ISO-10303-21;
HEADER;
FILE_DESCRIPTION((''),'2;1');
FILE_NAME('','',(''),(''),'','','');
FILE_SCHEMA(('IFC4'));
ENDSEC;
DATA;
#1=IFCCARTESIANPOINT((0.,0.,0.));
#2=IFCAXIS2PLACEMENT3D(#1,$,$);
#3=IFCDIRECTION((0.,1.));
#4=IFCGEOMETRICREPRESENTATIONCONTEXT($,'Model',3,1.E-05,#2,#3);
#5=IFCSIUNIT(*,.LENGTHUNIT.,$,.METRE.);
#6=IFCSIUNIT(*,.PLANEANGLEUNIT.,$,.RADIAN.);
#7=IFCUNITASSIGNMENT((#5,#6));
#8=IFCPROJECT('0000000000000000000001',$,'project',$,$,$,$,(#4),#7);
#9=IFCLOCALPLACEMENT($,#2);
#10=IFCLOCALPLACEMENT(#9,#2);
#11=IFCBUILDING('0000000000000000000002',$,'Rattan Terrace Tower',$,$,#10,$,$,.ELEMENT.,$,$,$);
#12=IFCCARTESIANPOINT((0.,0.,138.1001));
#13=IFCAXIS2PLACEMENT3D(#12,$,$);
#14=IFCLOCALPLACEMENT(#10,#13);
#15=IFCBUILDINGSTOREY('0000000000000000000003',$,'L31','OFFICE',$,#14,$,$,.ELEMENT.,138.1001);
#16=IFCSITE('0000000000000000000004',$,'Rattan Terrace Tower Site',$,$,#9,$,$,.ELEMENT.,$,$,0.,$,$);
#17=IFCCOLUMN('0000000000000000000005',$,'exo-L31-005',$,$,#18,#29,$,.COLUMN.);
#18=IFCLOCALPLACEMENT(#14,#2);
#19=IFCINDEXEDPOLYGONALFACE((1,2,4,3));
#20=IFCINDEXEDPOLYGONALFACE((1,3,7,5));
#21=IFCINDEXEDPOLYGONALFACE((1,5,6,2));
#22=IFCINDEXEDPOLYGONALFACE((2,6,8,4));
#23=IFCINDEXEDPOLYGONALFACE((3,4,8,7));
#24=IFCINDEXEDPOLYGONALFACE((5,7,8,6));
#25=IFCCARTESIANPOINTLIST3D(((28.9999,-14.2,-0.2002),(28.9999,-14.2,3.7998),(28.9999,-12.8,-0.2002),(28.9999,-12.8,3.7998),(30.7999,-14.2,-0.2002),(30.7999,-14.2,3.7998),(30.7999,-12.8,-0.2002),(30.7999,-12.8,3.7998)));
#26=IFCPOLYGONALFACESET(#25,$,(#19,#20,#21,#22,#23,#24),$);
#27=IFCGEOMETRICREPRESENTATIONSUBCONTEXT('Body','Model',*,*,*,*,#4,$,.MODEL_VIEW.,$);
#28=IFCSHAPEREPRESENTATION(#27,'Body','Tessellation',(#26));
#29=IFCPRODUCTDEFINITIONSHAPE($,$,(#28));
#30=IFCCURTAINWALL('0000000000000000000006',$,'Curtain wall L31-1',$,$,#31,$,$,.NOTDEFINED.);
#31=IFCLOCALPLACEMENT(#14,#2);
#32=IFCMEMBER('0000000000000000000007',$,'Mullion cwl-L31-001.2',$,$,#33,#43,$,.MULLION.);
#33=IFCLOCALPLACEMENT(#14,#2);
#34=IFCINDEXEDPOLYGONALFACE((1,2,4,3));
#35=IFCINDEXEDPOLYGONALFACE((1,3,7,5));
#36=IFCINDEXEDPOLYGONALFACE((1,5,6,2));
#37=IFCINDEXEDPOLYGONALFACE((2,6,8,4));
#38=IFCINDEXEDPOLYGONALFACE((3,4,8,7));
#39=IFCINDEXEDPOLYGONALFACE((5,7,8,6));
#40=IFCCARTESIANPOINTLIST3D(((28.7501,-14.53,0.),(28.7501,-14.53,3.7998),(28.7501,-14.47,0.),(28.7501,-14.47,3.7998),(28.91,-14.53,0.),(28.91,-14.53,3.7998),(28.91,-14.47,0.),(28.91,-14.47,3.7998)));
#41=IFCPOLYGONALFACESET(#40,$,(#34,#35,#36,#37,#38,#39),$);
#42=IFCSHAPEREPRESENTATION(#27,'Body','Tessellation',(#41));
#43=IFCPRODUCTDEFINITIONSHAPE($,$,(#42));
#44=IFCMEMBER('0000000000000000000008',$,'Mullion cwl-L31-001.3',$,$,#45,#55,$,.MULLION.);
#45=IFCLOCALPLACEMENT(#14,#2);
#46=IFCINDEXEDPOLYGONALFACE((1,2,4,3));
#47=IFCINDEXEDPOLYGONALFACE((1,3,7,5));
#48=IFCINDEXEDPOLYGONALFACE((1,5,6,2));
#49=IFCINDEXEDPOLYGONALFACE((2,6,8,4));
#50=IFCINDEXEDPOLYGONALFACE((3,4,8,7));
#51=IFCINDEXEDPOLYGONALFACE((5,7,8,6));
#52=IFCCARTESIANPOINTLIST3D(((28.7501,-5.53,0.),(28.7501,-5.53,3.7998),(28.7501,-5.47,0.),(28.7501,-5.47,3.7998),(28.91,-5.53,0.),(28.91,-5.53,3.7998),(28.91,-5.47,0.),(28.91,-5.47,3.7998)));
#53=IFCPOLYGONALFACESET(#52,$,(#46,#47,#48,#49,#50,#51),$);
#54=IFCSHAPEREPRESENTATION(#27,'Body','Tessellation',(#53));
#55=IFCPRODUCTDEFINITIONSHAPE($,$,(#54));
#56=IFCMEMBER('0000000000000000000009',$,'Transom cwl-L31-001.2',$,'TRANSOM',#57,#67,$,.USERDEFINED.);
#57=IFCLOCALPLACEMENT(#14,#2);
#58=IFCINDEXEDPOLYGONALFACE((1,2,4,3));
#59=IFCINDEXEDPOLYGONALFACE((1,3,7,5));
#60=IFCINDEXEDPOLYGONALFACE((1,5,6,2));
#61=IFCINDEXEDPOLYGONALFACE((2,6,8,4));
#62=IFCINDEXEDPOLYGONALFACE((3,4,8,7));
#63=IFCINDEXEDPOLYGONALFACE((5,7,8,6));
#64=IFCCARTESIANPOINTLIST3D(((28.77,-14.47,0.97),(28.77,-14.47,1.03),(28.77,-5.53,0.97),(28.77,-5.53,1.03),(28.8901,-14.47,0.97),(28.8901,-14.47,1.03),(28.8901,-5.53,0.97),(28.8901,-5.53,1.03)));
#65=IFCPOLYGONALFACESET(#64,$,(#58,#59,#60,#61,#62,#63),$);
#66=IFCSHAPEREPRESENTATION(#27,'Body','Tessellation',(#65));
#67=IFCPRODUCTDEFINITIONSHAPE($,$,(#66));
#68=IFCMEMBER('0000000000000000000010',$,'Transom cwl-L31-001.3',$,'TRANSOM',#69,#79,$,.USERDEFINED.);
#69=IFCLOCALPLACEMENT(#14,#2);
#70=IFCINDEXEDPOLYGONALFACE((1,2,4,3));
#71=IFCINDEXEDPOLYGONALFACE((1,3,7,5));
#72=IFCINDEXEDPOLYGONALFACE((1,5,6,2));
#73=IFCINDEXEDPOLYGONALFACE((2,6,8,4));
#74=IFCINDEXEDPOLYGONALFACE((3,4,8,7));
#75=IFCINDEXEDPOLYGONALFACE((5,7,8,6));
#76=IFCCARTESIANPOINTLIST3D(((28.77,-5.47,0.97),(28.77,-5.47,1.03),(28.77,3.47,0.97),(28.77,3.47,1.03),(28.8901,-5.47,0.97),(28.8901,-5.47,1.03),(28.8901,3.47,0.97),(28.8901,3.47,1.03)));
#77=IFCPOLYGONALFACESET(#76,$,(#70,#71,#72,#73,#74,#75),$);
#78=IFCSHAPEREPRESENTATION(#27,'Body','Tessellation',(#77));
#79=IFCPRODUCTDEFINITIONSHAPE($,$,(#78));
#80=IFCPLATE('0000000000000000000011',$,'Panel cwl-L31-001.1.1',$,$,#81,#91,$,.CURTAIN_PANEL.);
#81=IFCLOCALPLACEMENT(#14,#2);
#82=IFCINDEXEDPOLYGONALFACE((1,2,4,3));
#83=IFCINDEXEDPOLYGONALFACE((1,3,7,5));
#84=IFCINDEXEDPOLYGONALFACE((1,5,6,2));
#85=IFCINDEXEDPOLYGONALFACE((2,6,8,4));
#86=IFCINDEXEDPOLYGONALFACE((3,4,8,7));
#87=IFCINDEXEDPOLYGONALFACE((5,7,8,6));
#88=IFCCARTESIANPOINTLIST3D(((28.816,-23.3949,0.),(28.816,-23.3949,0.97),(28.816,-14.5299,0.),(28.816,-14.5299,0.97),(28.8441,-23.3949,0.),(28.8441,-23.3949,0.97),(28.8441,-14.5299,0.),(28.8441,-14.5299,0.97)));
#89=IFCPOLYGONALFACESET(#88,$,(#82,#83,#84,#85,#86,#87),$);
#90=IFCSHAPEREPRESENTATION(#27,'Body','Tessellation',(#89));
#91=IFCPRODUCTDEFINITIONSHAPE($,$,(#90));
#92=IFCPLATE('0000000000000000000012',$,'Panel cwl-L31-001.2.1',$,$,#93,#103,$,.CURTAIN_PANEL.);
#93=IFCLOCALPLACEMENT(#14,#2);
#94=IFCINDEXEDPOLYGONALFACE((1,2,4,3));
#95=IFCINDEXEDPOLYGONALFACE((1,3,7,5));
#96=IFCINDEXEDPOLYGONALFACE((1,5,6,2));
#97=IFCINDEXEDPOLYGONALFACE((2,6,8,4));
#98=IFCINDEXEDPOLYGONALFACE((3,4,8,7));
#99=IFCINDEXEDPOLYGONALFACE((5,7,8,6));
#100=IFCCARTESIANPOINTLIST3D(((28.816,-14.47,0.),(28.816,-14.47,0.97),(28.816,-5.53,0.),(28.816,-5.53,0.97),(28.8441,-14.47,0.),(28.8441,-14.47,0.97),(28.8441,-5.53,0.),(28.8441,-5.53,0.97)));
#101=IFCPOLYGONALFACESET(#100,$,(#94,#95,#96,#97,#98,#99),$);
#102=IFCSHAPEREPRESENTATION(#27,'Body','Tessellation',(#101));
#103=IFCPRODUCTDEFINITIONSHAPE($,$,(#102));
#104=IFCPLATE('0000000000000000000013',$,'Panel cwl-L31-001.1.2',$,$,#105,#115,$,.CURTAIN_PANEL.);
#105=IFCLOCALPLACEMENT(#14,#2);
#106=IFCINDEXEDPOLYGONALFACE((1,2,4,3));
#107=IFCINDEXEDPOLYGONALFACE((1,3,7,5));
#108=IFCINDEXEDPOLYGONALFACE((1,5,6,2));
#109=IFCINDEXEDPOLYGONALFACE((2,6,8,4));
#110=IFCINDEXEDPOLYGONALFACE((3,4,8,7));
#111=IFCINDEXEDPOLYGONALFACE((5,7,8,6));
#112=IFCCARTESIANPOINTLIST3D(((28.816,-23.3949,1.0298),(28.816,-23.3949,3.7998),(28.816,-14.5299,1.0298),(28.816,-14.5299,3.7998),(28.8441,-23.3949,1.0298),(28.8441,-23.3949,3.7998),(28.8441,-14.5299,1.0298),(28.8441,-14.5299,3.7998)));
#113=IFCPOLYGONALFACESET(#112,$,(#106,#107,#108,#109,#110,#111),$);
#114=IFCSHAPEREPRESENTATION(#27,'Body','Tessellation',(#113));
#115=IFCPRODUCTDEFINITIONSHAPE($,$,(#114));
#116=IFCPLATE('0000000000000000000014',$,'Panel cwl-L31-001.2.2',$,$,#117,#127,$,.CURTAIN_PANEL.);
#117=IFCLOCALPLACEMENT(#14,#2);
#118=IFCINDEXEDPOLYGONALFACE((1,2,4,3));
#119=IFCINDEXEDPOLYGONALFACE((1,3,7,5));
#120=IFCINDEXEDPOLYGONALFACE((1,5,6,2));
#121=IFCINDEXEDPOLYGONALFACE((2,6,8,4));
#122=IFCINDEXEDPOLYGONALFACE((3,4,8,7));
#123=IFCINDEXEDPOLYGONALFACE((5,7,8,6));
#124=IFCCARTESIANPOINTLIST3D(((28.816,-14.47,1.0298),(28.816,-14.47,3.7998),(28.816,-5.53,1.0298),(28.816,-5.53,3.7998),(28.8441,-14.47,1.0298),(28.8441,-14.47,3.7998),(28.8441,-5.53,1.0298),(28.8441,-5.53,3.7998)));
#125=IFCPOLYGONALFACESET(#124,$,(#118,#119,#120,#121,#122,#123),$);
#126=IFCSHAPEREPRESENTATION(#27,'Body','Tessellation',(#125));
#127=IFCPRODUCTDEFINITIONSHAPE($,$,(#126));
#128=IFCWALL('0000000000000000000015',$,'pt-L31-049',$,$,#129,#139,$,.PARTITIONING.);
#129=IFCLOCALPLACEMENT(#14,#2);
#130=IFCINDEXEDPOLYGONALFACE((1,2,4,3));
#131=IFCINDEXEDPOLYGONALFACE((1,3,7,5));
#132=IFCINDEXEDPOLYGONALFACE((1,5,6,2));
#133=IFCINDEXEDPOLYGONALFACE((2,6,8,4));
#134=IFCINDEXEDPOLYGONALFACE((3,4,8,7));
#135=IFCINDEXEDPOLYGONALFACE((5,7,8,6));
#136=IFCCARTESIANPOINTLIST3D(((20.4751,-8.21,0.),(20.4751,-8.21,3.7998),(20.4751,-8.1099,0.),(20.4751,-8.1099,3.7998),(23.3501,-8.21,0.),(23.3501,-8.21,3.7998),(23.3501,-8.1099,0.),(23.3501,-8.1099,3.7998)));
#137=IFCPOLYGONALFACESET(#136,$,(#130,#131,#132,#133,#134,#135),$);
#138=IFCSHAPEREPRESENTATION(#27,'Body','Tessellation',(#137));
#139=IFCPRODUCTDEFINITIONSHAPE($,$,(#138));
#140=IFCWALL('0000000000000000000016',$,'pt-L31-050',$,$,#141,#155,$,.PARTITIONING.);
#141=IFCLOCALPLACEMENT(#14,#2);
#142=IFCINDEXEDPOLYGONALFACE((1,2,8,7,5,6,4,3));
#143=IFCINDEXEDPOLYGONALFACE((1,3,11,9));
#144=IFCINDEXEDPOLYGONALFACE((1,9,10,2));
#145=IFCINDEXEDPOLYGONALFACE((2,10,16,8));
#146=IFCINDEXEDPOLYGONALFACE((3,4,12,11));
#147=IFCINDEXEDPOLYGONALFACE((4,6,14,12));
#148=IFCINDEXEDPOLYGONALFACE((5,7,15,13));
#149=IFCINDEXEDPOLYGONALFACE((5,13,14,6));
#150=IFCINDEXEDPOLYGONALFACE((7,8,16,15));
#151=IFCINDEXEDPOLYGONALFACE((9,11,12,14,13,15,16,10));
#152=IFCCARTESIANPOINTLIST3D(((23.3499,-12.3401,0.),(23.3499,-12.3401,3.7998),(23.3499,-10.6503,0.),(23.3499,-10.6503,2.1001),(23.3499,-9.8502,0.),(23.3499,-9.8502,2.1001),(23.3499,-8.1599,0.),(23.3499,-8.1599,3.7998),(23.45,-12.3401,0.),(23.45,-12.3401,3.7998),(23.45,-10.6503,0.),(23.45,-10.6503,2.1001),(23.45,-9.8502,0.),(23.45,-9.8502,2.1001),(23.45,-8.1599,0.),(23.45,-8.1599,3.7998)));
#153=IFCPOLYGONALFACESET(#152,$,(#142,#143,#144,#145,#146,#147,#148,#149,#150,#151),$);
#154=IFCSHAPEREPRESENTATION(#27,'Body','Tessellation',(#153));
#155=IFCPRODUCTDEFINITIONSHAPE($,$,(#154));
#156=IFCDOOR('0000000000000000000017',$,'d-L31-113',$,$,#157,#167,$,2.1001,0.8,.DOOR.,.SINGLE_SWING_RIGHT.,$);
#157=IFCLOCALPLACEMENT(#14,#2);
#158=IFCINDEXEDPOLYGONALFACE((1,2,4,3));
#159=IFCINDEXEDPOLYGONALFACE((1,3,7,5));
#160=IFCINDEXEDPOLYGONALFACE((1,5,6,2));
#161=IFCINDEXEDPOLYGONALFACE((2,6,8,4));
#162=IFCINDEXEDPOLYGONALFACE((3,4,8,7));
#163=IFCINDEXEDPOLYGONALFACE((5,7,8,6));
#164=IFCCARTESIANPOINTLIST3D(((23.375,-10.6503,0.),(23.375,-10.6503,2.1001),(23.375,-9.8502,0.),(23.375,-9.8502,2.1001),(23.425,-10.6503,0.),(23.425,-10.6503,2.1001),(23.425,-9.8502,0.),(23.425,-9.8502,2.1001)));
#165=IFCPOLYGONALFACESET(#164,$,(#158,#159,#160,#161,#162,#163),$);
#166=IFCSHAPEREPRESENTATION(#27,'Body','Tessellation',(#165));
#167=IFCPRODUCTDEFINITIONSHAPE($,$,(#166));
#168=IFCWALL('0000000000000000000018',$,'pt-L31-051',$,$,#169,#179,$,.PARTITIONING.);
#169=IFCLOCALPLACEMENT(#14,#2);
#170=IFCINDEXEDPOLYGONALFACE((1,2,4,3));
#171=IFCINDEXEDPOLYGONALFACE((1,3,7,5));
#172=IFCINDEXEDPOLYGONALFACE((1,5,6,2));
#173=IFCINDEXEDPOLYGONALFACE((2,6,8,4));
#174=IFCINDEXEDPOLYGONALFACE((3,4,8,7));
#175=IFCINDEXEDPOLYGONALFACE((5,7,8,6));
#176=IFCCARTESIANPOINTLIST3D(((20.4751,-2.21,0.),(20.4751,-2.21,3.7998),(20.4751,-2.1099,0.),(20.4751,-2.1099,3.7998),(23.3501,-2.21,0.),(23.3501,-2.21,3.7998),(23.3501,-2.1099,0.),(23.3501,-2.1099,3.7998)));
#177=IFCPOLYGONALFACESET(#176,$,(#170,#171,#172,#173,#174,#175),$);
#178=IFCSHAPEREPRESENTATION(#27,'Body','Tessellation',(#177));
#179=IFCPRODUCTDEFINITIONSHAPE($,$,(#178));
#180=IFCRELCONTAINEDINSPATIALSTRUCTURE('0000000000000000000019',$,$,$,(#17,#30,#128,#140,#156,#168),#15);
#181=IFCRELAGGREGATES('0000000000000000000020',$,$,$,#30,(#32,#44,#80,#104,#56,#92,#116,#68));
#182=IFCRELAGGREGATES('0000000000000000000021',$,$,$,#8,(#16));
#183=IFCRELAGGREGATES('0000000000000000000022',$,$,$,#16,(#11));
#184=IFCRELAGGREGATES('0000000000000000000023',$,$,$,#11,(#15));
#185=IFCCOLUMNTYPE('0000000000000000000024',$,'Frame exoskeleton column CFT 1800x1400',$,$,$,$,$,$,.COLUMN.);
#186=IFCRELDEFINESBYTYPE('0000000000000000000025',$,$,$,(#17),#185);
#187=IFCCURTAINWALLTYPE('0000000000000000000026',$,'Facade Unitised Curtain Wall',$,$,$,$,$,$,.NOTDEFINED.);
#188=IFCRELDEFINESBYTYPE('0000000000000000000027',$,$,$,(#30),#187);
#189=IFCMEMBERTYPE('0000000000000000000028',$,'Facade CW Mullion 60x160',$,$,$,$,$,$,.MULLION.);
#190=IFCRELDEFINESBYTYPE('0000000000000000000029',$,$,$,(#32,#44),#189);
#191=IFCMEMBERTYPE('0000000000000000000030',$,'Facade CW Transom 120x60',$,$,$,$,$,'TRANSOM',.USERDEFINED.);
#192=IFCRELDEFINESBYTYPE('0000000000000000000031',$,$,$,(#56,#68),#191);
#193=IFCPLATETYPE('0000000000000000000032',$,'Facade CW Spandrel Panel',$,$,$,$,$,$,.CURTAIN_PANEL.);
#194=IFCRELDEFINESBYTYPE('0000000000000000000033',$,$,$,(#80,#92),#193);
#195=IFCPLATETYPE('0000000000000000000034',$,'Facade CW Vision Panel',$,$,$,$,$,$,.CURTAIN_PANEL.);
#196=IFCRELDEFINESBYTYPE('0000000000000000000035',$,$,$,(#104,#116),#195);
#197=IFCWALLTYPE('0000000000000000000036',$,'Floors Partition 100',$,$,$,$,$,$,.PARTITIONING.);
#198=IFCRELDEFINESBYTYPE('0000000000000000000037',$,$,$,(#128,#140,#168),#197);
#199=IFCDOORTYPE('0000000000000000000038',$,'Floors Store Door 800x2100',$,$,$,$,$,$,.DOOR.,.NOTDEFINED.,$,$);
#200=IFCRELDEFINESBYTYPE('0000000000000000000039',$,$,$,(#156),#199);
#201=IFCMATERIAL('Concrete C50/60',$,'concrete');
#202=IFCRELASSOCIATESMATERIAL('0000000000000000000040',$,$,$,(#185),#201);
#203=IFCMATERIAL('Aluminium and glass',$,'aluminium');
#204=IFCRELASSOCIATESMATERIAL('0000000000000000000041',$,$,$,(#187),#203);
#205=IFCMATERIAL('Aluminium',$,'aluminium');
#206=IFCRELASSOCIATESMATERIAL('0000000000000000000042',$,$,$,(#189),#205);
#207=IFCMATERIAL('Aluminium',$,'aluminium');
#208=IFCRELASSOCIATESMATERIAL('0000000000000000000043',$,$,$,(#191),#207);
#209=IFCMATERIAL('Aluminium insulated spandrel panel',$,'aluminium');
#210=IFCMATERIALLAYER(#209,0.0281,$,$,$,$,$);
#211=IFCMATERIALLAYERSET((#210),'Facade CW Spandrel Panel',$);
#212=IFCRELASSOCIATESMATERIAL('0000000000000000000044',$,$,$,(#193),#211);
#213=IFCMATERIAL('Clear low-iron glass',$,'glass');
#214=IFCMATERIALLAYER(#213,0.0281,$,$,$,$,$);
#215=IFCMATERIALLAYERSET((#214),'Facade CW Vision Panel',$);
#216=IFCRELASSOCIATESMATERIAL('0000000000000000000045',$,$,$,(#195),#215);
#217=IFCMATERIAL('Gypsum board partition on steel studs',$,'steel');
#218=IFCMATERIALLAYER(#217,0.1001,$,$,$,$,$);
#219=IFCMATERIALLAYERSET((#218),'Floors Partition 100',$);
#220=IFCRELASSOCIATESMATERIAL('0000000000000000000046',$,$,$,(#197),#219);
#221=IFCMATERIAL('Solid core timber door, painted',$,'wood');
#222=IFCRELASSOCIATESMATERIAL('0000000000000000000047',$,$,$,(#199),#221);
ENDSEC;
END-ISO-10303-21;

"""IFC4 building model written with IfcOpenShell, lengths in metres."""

from ifc_helpers import new_model, si_unit, direction, frame, frame_2d, origin, origin_2d, place, context, subcontext, project, spatial, rectangle, extrude, material, layer, layer_set, material_profile, profile_set, type_object, element, fill, aggregate, save


model = new_model("IFC4")

# Units and contexts
model_context = context("Model", 3, precision=1e-05, world=origin(), true_north=direction((0.0, 1.0)))
body_context = subcontext(model_context, "Body", "Model", "MODEL_VIEW")
ifc_project = project(units=[si_unit("LENGTHUNIT", "METRE"), si_unit("PLANEANGLEUNIT", "RADIAN")], contexts=[model_context])

# Site, building, storey
site_placement = place(None, origin())
site = spatial("IfcSite", under=ifc_project, at=site_placement, Name="Rattan Terrace Tower Site", CompositionType="ELEMENT", RefElevation=0.0)
building_placement = place(site_placement, origin())
building = spatial("IfcBuilding", under=site, at=building_placement, Name="Rattan Terrace Tower", CompositionType="ELEMENT")
storey_placement = place(building_placement, frame((0.0, 0.0, 138.1001)))
storey = spatial("IfcBuildingStorey", under=building, at=storey_placement, Name="L31", Description="OFFICE", CompositionType="ELEMENT", Elevation=138.1001)

# Column
ifc_material_1 = material(Name="Concrete C50/60", Category="concrete")
ifc_material_profile_1 = material_profile(ifc_material_1, rectangle(XDim=1.3999, YDim=1.8, at=origin_2d()), Name="CFT 1800x1400")
ifc_profile_set_1 = profile_set([ifc_material_profile_1], Name="Concrete C50/60")
column_type = type_object("IfcColumnType", Name="Frame exoskeleton column CFT 1800x1400", PredefinedType="COLUMN", material=ifc_profile_set_1)
column_placement = place(storey_placement, frame((29.8999, -13.5, -0.2002), z_axis=(0.0, 0.0, 1.0), x_axis=(0.0, 1.0, 0.0)))
element("IfcColumn", 1, at=column_placement, inside=storey, type_object=column_type, Name="exo-L31-005", PredefinedType="COLUMN", context=body_context, shape_type="SweptSolid", body=[
    extrude(rectangle(XDim=1.3999, YDim=1.8, at=origin_2d()), origin(), (0.0, 0.0, 1.0), 4.0),
])

# Curtain wall, members, plates
ifc_material_2 = material(Name="Aluminium and glass", Category="aluminium")
curtain_wall_type = type_object("IfcCurtainWallType", Name="Facade Unitised Curtain Wall", PredefinedType="NOTDEFINED", material=ifc_material_2)
curtain_wall_placement = place(storey_placement, origin())
curtain_wall = element("IfcCurtainWall", 2, at=curtain_wall_placement, inside=storey, type_object=curtain_wall_type, Name="Curtain wall L31-1", PredefinedType="NOTDEFINED")
ifc_material_3 = material(Name="Aluminium", Category="aluminium")
ifc_material_profile_2 = material_profile(ifc_material_3, rectangle(XDim=0.0601, YDim=0.1599, at=origin_2d()), Name="Aluminium 60x160")
ifc_profile_set_2 = profile_set([ifc_material_profile_2], Name="Aluminium")
member_type_1 = type_object("IfcMemberType", Name="Facade CW Mullion 60x160", PredefinedType="MULLION", material=ifc_profile_set_2)
member_1_placement = place(storey_placement, frame((28.8301, -14.5, 0.0), z_axis=(0.0, 0.0, 1.0), x_axis=(0.0, 1.0, 0.0)))
member_1 = element("IfcMember", 3, at=member_1_placement, type_object=member_type_1, Name="Mullion cwl-L31-001.2", PredefinedType="MULLION", context=body_context, shape_type="SweptSolid", body=[
    extrude(rectangle(XDim=0.0601, YDim=0.1599, at=origin_2d()), origin(), (0.0, 0.0, 1.0), 3.7998),
])
member_2_placement = place(storey_placement, frame((28.8301, -5.5, 0.0), z_axis=(0.0, 0.0, 1.0), x_axis=(0.0, 1.0, 0.0)))
member_2 = element("IfcMember", 4, at=member_2_placement, type_object=member_type_1, Name="Mullion cwl-L31-001.3", PredefinedType="MULLION", context=body_context, shape_type="SweptSolid", body=[
    extrude(rectangle(XDim=0.0601, YDim=0.1599, at=origin_2d()), origin(), (0.0, 0.0, 1.0), 3.7998),
])
ifc_material_4 = material(Name="Aluminium", Category="aluminium")
ifc_material_profile_3 = material_profile(ifc_material_4, rectangle(XDim=0.1201, YDim=0.0601, at=origin_2d()), Name="Aluminium 120x60")
ifc_profile_set_3 = profile_set([ifc_material_profile_3], Name="Aluminium")
member_type_2 = type_object("IfcMemberType", Name="Facade CW Transom 120x60", ElementType="TRANSOM", PredefinedType="USERDEFINED", material=ifc_profile_set_3)
member_3_placement = place(storey_placement, frame((28.8301, -14.47, 1.0), z_axis=(0.0, 1.0, 0.0), x_axis=(-1.0, 0.0, 0.0)))
member_3 = element("IfcMember", 5, at=member_3_placement, type_object=member_type_2, Name="Transom cwl-L31-001.2", ObjectType="TRANSOM", PredefinedType="USERDEFINED", context=body_context, shape_type="SweptSolid", body=[
    extrude(rectangle(XDim=0.1201, YDim=0.0601, at=origin_2d()), origin(), (0.0, 0.0, 1.0), 8.9399),
])
member_4_placement = place(storey_placement, frame((28.8301, -5.47, 1.0), z_axis=(0.0, 1.0, 0.0), x_axis=(-1.0, 0.0, 0.0)))
member_4 = element("IfcMember", 6, at=member_4_placement, type_object=member_type_2, Name="Transom cwl-L31-001.3", ObjectType="TRANSOM", PredefinedType="USERDEFINED", context=body_context, shape_type="SweptSolid", body=[
    extrude(rectangle(XDim=0.1201, YDim=0.0601, at=origin_2d()), origin(), (0.0, 0.0, 1.0), 8.9399),
])
ifc_material_5 = material(Name="Aluminium insulated spandrel panel", Category="aluminium")
ifc_layer_1 = layer(ifc_material_5, 0.0281)
ifc_layer_set_1 = layer_set([ifc_layer_1], Name="Facade CW Spandrel Panel")
plate_type_1 = type_object("IfcPlateType", Name="Facade CW Spandrel Panel", PredefinedType="CURTAIN_PANEL", material=ifc_layer_set_1)
plate_1_placement = place(storey_placement, frame((28.8301, -18.9624, 0.0), z_axis=(0.0, 0.0, 1.0), x_axis=(0.0, 1.0, 0.0)))
plate_1 = element("IfcPlate", 7, at=plate_1_placement, type_object=plate_type_1, Name="Panel cwl-L31-001.1.1", PredefinedType="CURTAIN_PANEL", context=body_context, shape_type="SweptSolid", body=[
    extrude(rectangle(XDim=8.865, YDim=0.0281, at=origin_2d()), origin(), (0.0, 0.0, 1.0), 0.97),
])
plate_2_placement = place(storey_placement, frame((28.8301, -10.0, 0.0), z_axis=(0.0, 0.0, 1.0), x_axis=(0.0, 1.0, 0.0)))
plate_2 = element("IfcPlate", 8, at=plate_2_placement, type_object=plate_type_1, Name="Panel cwl-L31-001.2.1", PredefinedType="CURTAIN_PANEL", context=body_context, shape_type="SweptSolid", body=[
    extrude(rectangle(XDim=8.9399, YDim=0.0281, at=origin_2d()), origin(), (0.0, 0.0, 1.0), 0.97),
])
ifc_material_6 = material(Name="Clear low-iron glass", Category="glass")
ifc_layer_2 = layer(ifc_material_6, 0.0281)
ifc_layer_set_2 = layer_set([ifc_layer_2], Name="Facade CW Vision Panel")
plate_type_2 = type_object("IfcPlateType", Name="Facade CW Vision Panel", PredefinedType="CURTAIN_PANEL", material=ifc_layer_set_2)
plate_3_placement = place(storey_placement, frame((28.8301, -18.9624, 1.0298), z_axis=(0.0, 0.0, 1.0), x_axis=(0.0, 1.0, 0.0)))
plate_3 = element("IfcPlate", 9, at=plate_3_placement, type_object=plate_type_2, Name="Panel cwl-L31-001.1.2", PredefinedType="CURTAIN_PANEL", context=body_context, shape_type="SweptSolid", body=[
    extrude(rectangle(XDim=8.865, YDim=0.0281, at=origin_2d()), origin(), (0.0, 0.0, 1.0), 2.77),
])
plate_4_placement = place(storey_placement, frame((28.8301, -10.0, 1.0298), z_axis=(0.0, 0.0, 1.0), x_axis=(0.0, 1.0, 0.0)))
plate_4 = element("IfcPlate", 10, at=plate_4_placement, type_object=plate_type_2, Name="Panel cwl-L31-001.2.2", PredefinedType="CURTAIN_PANEL", context=body_context, shape_type="SweptSolid", body=[
    extrude(rectangle(XDim=8.9399, YDim=0.0281, at=origin_2d()), origin(), (0.0, 0.0, 1.0), 2.77),
])
aggregate(curtain_wall, [member_1, member_2, plate_1, plate_3, member_3, plate_2, plate_4, member_4])

# Wall
ifc_material_7 = material(Name="Gypsum board partition on steel studs", Category="steel")
ifc_layer_3 = layer(ifc_material_7, 0.1001)
ifc_layer_set_3 = layer_set([ifc_layer_3], Name="Floors Partition 100")
wall_type_1 = type_object("IfcWallType", Name="Floors Partition 100", PredefinedType="PARTITIONING", material=ifc_layer_set_3)
wall_1_placement = place(storey_placement, frame((23.3501, -8.1599, 0.0), z_axis=(0.0, 0.0, 1.0), x_axis=(-1.0, 0.0, 0.0)))
element("IfcWall", 11, at=wall_1_placement, inside=storey, type_object=wall_type_1, Name="pt-L31-049", PredefinedType="PARTITIONING", context=body_context, shape_type="SweptSolid", body=[
    extrude(rectangle(XDim=2.875, YDim=0.1001, at=frame_2d((1.4375, 0.0))), origin(), (0.0, 0.0, 1.0), 3.7998),
])

# Wall, opening, door
wall_2_placement = place(storey_placement, frame((23.3999, -12.3401, 0.0), z_axis=(0.0, 0.0, 1.0), x_axis=(0.0, 1.0, 0.0)))
wall_2 = element("IfcWall", 12, at=wall_2_placement, inside=storey, type_object=wall_type_1, Name="pt-L31-050", PredefinedType="PARTITIONING", context=body_context, shape_type="SweptSolid", body=[
    extrude(rectangle(XDim=4.1802, YDim=0.1001, at=frame_2d((2.0901, 0.0))), origin(), (0.0, 0.0, 1.0), 3.7998),
])
opening_1_placement = place(wall_2_placement, frame((1.6899, 0.0, 0.0)))
opening_1 = element("IfcOpeningElement", 13, at=opening_1_placement, cuts=wall_2, PredefinedType="OPENING", context=body_context, shape_type="SweptSolid", body=[
    extrude(rectangle(XDim=0.8, YDim=2.1001, at=frame_2d((0.3999, 1.05))), frame((0.0, 0.0605, 0.0), z_axis=(0.0, -1.0, 0.0), x_axis=(1.0, 0.0, 0.0)), (0.0, 0.0, 1.0), 0.1211),
])
ifc_material_8 = material(Name="Solid core timber door, painted", Category="wood")
door_type_1 = type_object("IfcDoorType", Name="Floors Store Door 800x2100", OperationType="NOTDEFINED", PredefinedType="DOOR", material=ifc_material_8)
door_1_placement = place(opening_1_placement, origin())
door_1 = element("IfcDoor", 14, at=door_1_placement, inside=storey, type_object=door_type_1, Name="d-L31-113", OperationType="SINGLE_SWING_RIGHT", OverallHeight=2.1001, OverallWidth=0.8, PredefinedType="DOOR", context=body_context, shape_type="SweptSolid", body=[
    extrude(rectangle(XDim=0.8, YDim=2.1001, at=frame_2d((0.3999, 1.05))), frame((0.0, 0.0249, 0.0), z_axis=(0.0, -1.0, 0.0), x_axis=(1.0, 0.0, 0.0)), (0.0, 0.0, 1.0), 0.05),
])
fill(opening_1, door_1)

# Wall
wall_3_placement = place(storey_placement, frame((20.4751, -2.1599, 0.0), z_axis=(0.0, 0.0, 1.0), x_axis=(1.0, 0.0, 0.0)))
element("IfcWall", 15, at=wall_3_placement, inside=storey, type_object=wall_type_1, Name="pt-L31-051", PredefinedType="PARTITIONING", context=body_context, shape_type="SweptSolid", body=[
    extrude(rectangle(XDim=2.875, YDim=0.1001, at=frame_2d((1.4375, 0.0))), origin(), (0.0, 0.0, 1.0), 3.7998),
])

save(model, "model.ifc")
